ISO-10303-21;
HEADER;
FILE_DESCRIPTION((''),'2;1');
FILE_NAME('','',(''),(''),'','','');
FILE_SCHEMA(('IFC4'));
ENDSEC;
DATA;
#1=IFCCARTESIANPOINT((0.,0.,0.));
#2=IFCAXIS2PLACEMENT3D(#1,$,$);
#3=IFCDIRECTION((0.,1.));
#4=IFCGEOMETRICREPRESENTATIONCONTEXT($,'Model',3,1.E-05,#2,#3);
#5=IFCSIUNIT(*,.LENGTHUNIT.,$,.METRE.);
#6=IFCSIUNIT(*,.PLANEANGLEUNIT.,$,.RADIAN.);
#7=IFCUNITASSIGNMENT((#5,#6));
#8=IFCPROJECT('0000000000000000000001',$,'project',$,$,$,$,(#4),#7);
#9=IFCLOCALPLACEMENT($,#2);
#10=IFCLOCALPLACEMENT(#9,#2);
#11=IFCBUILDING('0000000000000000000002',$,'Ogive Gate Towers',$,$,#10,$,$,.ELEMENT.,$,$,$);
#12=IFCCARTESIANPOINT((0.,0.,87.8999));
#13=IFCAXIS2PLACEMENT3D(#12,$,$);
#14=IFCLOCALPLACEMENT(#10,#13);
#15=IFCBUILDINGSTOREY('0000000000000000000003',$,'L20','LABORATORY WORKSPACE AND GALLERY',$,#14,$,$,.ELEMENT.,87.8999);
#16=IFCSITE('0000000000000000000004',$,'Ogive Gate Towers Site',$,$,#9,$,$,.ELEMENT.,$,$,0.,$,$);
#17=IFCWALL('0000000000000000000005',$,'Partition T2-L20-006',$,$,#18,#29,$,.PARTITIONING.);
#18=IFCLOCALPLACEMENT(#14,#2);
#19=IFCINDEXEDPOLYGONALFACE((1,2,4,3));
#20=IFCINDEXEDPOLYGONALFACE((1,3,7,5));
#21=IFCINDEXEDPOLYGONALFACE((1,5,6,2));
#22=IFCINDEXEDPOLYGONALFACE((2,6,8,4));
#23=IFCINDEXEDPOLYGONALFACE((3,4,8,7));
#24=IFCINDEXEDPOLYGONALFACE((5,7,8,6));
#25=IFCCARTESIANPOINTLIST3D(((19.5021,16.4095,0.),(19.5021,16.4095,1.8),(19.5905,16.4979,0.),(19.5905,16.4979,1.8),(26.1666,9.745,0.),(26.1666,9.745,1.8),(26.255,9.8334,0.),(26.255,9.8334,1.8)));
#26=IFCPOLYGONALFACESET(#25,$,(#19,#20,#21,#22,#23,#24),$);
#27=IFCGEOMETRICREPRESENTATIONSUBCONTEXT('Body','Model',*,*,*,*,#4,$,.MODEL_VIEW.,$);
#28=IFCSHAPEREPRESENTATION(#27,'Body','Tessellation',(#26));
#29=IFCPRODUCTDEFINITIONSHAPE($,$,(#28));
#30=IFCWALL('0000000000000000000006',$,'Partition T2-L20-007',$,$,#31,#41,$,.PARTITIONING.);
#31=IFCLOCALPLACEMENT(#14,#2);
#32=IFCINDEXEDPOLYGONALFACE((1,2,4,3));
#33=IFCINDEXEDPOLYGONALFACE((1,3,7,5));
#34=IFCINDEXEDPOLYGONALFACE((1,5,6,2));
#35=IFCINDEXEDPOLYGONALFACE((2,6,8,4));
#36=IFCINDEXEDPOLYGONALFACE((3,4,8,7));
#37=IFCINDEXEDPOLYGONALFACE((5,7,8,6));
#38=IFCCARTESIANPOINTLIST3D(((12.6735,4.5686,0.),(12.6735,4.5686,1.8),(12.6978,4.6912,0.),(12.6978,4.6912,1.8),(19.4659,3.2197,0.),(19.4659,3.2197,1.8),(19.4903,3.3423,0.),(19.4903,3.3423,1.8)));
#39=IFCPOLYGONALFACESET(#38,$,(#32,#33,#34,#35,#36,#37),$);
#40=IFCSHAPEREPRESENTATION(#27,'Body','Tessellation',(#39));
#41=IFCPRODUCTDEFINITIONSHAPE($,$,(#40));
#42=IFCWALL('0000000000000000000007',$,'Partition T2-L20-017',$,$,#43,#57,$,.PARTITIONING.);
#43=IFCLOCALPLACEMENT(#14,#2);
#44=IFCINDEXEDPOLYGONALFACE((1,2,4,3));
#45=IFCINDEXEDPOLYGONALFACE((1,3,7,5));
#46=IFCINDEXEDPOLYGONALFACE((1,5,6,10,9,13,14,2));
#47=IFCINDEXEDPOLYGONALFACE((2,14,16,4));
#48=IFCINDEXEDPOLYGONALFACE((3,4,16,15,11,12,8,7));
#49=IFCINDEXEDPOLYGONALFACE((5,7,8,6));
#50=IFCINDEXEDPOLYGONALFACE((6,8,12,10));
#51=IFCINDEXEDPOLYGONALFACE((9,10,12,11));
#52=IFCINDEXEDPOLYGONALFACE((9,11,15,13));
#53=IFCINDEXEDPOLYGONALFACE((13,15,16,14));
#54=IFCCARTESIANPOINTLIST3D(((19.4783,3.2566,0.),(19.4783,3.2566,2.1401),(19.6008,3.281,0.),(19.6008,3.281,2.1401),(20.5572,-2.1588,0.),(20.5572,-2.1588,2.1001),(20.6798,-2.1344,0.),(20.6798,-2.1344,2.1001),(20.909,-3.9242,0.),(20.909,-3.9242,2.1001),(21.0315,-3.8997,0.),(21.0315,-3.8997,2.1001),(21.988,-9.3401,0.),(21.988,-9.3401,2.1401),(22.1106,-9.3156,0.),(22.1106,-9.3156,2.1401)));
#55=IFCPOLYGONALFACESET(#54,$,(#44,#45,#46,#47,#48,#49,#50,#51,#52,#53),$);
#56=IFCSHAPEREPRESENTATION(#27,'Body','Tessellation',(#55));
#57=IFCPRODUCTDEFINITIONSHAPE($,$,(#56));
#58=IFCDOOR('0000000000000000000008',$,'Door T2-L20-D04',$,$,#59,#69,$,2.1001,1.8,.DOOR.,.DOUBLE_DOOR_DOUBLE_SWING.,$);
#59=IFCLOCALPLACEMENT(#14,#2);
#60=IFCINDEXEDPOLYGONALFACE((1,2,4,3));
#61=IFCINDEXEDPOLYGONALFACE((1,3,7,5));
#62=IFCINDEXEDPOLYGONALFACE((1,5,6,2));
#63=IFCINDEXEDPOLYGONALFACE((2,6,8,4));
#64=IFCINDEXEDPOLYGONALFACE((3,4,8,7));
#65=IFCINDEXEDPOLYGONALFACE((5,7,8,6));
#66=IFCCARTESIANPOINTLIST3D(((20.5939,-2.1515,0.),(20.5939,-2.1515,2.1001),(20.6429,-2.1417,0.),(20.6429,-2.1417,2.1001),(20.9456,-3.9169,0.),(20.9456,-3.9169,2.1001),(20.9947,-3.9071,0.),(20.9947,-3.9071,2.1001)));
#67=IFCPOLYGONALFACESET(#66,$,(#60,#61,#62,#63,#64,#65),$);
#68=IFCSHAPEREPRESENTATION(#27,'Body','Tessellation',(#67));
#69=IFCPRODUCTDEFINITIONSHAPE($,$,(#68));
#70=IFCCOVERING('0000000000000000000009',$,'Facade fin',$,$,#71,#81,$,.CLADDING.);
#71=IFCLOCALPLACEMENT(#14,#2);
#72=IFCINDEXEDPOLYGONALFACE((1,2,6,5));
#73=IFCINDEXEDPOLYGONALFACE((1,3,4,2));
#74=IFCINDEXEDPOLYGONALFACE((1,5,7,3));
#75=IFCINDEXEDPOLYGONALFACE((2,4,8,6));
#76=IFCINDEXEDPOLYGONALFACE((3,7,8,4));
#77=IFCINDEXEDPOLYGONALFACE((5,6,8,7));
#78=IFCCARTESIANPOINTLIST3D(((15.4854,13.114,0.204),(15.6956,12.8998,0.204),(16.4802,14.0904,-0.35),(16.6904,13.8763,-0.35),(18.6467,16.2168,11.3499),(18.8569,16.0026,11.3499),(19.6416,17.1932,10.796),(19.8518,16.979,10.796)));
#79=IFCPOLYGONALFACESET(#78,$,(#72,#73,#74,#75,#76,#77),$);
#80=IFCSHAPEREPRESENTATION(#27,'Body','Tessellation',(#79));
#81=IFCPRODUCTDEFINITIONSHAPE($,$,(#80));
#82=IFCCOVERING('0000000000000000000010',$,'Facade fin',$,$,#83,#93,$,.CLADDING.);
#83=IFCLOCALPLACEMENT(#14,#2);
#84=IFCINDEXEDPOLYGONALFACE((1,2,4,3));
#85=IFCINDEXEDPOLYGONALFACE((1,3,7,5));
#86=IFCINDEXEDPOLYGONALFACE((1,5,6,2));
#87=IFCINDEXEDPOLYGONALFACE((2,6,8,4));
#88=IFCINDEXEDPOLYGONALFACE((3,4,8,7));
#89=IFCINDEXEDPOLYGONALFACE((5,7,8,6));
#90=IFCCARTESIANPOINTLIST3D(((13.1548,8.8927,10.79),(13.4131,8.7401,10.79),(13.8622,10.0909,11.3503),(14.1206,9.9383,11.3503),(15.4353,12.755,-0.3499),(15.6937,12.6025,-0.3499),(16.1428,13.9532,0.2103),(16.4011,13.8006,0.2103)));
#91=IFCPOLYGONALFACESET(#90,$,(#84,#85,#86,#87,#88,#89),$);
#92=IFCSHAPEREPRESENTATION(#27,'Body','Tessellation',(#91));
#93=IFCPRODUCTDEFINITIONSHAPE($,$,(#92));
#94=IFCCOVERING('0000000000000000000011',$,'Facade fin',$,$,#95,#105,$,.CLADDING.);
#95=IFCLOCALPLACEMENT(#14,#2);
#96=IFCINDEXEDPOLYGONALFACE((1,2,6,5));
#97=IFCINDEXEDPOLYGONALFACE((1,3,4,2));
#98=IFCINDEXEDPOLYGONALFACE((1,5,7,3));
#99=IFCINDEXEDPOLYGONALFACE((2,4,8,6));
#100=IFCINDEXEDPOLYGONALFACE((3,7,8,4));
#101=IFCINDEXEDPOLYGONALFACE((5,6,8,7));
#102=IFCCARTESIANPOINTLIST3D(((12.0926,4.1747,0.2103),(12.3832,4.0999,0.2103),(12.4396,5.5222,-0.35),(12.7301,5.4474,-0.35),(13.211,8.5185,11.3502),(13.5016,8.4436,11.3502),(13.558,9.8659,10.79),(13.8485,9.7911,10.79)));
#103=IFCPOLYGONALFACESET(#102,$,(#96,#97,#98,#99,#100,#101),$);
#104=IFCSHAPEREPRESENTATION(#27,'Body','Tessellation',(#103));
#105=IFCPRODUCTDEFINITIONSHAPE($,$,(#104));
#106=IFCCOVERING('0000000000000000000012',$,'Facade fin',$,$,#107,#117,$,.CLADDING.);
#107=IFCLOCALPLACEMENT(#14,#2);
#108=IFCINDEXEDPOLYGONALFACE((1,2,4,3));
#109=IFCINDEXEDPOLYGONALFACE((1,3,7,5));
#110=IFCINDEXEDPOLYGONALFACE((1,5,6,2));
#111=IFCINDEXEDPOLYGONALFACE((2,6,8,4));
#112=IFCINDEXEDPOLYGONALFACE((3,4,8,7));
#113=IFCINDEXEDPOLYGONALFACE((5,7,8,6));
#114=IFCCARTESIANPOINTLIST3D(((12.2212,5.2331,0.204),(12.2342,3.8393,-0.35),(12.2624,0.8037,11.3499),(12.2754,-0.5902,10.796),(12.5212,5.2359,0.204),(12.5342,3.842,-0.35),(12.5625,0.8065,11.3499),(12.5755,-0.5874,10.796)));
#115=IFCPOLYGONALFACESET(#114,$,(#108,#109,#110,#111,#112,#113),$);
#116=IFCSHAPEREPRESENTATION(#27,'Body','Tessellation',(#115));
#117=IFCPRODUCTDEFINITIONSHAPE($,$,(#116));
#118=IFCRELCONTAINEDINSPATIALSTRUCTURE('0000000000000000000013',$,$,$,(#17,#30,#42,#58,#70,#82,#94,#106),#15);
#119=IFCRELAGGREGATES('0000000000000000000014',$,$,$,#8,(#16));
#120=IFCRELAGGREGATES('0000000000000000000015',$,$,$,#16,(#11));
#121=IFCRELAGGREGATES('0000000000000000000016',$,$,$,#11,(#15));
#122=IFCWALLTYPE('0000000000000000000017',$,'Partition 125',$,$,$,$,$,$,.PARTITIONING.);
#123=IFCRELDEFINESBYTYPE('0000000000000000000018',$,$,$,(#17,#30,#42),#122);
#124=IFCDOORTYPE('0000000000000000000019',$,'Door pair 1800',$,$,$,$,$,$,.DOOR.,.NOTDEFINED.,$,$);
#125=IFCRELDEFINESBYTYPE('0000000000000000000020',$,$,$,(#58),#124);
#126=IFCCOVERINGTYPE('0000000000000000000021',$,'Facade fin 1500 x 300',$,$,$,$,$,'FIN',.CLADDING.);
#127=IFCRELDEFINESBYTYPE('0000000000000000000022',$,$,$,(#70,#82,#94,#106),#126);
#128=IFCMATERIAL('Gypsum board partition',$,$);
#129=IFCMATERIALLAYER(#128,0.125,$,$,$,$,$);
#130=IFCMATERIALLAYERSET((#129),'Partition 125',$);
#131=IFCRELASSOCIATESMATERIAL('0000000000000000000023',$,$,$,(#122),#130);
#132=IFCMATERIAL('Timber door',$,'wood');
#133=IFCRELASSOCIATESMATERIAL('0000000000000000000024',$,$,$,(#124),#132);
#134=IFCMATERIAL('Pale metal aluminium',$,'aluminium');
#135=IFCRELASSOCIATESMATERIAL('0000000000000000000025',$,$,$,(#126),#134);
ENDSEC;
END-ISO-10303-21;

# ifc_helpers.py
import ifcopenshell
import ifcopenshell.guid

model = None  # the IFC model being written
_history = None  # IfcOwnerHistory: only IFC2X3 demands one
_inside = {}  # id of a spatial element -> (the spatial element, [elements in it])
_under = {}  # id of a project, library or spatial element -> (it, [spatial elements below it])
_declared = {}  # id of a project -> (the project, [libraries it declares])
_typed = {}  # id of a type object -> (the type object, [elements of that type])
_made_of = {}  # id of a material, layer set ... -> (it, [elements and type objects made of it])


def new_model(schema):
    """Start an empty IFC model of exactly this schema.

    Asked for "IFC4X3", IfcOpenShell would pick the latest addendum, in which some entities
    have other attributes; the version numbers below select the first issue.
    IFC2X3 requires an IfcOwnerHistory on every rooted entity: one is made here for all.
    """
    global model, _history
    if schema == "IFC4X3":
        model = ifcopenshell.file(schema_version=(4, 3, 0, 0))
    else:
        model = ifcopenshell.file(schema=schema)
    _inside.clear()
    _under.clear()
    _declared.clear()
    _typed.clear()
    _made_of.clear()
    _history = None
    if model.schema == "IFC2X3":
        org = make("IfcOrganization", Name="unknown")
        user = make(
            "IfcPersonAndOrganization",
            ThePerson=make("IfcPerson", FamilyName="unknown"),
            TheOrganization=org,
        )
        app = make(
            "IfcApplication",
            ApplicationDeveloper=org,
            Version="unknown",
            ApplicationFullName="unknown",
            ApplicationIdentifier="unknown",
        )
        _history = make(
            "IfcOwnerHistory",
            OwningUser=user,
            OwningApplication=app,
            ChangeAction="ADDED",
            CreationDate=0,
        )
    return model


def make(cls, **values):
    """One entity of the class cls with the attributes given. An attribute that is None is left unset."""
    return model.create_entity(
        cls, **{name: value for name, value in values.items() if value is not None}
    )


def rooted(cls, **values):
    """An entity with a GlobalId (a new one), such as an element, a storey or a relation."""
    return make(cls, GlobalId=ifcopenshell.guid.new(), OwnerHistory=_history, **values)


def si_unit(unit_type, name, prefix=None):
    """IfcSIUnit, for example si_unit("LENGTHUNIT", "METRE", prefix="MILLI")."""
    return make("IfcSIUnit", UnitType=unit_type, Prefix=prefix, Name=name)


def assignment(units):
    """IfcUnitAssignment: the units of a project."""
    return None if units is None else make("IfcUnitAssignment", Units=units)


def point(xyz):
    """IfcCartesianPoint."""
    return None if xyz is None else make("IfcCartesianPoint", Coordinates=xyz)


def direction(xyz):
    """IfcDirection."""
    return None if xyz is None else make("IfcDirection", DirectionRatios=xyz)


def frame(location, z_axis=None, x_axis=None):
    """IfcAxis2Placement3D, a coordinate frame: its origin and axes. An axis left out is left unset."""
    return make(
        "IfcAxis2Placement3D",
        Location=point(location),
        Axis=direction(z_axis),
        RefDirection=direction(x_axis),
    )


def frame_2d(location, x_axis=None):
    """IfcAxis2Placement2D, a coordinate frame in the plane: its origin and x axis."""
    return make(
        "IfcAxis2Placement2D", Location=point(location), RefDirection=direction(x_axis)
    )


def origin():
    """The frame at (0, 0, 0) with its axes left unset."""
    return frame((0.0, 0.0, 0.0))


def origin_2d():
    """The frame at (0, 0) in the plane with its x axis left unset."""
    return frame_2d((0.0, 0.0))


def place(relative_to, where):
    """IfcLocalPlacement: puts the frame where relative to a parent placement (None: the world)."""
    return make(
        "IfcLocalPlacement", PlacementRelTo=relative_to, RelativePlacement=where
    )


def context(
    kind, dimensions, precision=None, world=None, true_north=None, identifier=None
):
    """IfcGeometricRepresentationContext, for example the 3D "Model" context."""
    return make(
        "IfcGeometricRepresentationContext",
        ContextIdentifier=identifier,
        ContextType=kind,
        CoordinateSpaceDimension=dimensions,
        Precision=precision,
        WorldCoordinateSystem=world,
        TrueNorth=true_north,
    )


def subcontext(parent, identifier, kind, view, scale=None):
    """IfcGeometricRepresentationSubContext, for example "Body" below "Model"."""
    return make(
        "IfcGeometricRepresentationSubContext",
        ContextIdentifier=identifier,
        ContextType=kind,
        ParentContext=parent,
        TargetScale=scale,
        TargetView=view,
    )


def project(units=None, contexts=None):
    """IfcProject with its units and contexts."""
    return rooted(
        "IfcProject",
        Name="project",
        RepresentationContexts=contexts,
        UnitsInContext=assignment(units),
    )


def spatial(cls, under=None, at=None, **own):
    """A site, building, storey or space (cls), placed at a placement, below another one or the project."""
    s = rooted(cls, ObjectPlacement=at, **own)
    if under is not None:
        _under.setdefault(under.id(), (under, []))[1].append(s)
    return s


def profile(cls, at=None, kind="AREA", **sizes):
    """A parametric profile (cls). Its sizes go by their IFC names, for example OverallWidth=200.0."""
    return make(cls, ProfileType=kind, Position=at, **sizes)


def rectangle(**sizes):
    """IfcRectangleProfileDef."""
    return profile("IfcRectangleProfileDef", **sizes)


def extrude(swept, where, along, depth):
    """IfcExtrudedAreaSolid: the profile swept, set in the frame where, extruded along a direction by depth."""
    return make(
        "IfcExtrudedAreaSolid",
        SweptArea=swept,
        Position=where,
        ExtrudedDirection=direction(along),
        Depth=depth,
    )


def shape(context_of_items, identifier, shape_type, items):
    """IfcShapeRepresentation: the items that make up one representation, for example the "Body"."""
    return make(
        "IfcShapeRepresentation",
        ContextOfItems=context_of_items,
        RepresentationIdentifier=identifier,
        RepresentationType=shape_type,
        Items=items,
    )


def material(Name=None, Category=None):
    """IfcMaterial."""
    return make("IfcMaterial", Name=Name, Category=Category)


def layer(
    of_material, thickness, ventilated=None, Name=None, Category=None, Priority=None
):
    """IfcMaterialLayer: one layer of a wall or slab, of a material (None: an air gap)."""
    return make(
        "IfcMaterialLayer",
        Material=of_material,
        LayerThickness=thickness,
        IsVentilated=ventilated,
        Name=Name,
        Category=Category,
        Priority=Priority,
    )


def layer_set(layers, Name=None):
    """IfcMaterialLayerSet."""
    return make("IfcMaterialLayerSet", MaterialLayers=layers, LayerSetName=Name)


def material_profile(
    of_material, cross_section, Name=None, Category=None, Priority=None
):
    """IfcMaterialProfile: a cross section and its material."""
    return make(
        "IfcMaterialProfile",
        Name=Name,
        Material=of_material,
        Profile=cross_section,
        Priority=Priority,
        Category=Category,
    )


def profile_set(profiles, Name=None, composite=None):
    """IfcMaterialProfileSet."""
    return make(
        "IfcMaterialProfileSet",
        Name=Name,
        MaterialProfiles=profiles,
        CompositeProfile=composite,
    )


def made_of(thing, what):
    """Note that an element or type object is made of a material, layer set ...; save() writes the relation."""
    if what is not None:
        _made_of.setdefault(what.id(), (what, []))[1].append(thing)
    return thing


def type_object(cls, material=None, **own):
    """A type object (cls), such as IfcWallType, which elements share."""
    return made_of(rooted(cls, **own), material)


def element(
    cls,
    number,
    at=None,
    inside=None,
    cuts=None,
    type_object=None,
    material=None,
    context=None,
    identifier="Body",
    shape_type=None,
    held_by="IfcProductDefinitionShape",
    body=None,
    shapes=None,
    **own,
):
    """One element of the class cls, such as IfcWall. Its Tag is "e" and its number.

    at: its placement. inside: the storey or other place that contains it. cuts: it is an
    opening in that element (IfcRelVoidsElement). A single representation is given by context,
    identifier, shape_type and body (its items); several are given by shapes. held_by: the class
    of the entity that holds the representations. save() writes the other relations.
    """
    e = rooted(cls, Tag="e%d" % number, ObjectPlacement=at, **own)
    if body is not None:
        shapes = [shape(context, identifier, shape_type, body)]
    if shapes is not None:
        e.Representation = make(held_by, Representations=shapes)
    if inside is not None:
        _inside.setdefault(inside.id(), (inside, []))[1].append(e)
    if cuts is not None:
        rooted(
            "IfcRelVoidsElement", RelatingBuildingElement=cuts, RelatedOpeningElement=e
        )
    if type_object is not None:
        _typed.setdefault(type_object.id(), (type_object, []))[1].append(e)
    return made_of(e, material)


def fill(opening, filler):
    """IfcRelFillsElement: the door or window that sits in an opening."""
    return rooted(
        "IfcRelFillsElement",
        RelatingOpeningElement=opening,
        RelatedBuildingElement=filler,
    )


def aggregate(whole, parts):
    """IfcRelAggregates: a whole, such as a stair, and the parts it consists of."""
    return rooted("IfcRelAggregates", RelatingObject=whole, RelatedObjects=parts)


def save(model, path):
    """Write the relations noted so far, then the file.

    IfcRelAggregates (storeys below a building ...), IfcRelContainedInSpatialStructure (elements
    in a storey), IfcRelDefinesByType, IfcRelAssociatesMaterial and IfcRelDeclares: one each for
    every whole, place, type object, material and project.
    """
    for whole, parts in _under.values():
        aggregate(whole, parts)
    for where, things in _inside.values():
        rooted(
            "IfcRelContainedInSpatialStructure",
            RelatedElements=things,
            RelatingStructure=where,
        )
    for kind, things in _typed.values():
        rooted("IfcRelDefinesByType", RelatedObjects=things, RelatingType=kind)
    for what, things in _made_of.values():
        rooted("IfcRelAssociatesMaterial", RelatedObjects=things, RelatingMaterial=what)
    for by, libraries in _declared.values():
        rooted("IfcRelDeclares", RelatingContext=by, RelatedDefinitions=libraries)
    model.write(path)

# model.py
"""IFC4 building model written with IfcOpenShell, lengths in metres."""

from ifc_helpers import new_model, si_unit, direction, frame, frame_2d, origin, origin_2d, place, context, subcontext, project, spatial, rectangle, extrude, material, layer, layer_set, material_profile, profile_set, type_object, element, fill, save


model = new_model("IFC4")

# Units and contexts
model_context = context("Model", 3, precision=1e-05, world=origin(), true_north=direction((0.0, 1.0)))
body_context = subcontext(model_context, "Body", "Model", "MODEL_VIEW")
ifc_project = project(units=[si_unit("LENGTHUNIT", "METRE"), si_unit("PLANEANGLEUNIT", "RADIAN")], contexts=[model_context])

# Site, building, storey
site_placement = place(None, origin())
site = spatial("IfcSite", under=ifc_project, at=site_placement, Name="Ogive Gate Towers Site", CompositionType="ELEMENT", RefElevation=0.0)
building_placement = place(site_placement, origin())
building = spatial("IfcBuilding", under=site, at=building_placement, Name="Ogive Gate Towers", CompositionType="ELEMENT")
storey_placement = place(building_placement, frame((0.0, 0.0, 87.8999)))
storey = spatial("IfcBuildingStorey", under=building, at=storey_placement, Name="L20", Description="LABORATORY WORKSPACE AND GALLERY", CompositionType="ELEMENT", Elevation=87.8999)

# Shared definitions
ifc_material_1 = material(Name="Pale metal aluminium", Category="aluminium")

# Walls
ifc_material_2 = material(Name="Gypsum board partition")
ifc_layer_1 = layer(ifc_material_2, 0.125)
ifc_layer_set_1 = layer_set([ifc_layer_1], Name="Partition 125")
wall_type = type_object("IfcWallType", Name="Partition 125", PredefinedType="PARTITIONING", material=ifc_layer_set_1)
wall_1_placement = place(storey_placement, frame((19.5464, 16.4536, 0.0), z_axis=(0.0, 0.0, 1.0), x_axis=(0.707107, -0.707107, 0.0)))
element("IfcWall", 1, at=wall_1_placement, inside=storey, type_object=wall_type, Name="Partition T2-L20-006", PredefinedType="PARTITIONING", context=body_context, shape_type="SweptSolid", body=[
    extrude(rectangle(XDim=9.425, YDim=0.125, at=frame_2d((4.7124, 0.0))), origin(), (0.0, 0.0, 1.0), 1.8),
])
wall_2_placement = place(storey_placement, frame((12.6858, 4.6299, 0.0), z_axis=(0.0, 0.0, 1.0), x_axis=(0.980847, -0.19478, 0.0)))
element("IfcWall", 2, at=wall_2_placement, inside=storey, type_object=wall_type, Name="Partition T2-L20-007", PredefinedType="PARTITIONING", context=body_context, shape_type="SweptSolid", body=[
    extrude(rectangle(XDim=6.925, YDim=0.125, at=frame_2d((3.4624, 0.0))), origin(), (0.0, 0.0, 1.0), 1.8),
])

# Wall, opening, door
wall_3_placement = place(storey_placement, frame((19.5396, 3.2688, 0.0), z_axis=(0.0, 0.0, 1.0), x_axis=(0.1954, -0.980724, 0.0)))
wall_3 = element("IfcWall", 3, at=wall_3_placement, inside=storey, type_object=wall_type, Name="Partition T2-L20-017", PredefinedType="PARTITIONING", context=body_context, shape_type="SweptSolid", body=[
    extrude(rectangle(XDim=12.8442, YDim=0.125, at=frame_2d((6.4221, 0.0))), origin(), (0.0, 0.0, 1.0), 2.1401),
])
opening_placement = place(wall_3_placement, frame((5.522, 0.0, 0.0)))
opening = element("IfcOpeningElement", 4, at=opening_placement, cuts=wall_3, PredefinedType="OPENING", context=body_context, shape_type="SweptSolid", body=[
    extrude(rectangle(XDim=1.8, YDim=2.1001, at=frame_2d((0.8999, 1.05))), frame((0.0, 0.0725, 0.0), z_axis=(0.0, -1.0, 0.0), x_axis=(1.0, 0.0, 0.0)), (0.0, 0.0, 1.0), 0.145),
])
ifc_material_3 = material(Name="Timber door", Category="wood")
door_type = type_object("IfcDoorType", Name="Door pair 1800", OperationType="NOTDEFINED", PredefinedType="DOOR", material=ifc_material_3)
door_placement = place(opening_placement, origin())
door = element("IfcDoor", 5, at=door_placement, inside=storey, type_object=door_type, Name="Door T2-L20-D04", OperationType="DOUBLE_DOOR_DOUBLE_SWING", OverallHeight=2.1001, OverallWidth=1.8, PredefinedType="DOOR", context=body_context, shape_type="SweptSolid", body=[
    extrude(rectangle(XDim=1.8, YDim=2.1001, at=frame_2d((0.8999, 1.05))), frame((0.0, 0.0249, 0.0), z_axis=(0.0, -1.0, 0.0), x_axis=(1.0, 0.0, 0.0)), (0.0, 0.0, 1.0), 0.05),
])
fill(opening, door)

# Coverings
ifc_material_profile_1 = material_profile(ifc_material_1, rectangle(XDim=0.3, YDim=1.5, at=origin_2d()), Name="1500 x 300 pale metal aluminium")
ifc_profile_set_1 = profile_set([ifc_material_profile_1], Name="Pale metal aluminium")
covering_type = type_object("IfcCoveringType", Name="Facade fin 1500 x 300", ElementType="FIN", PredefinedType="CLADDING", material=ifc_profile_set_1)
covering_1_placement = place(storey_placement, frame((16.0879, 13.4951, -0.073), z_axis=(0.263581, 0.258696, 0.929302), x_axis=(-0.700462, 0.71369, 0.0)))
element("IfcCovering", 6, at=covering_1_placement, inside=storey, type_object=covering_type, Name="Facade fin", PredefinedType="CLADDING", context=body_context, shape_type="SweptSolid", body=[
    extrude(rectangle(XDim=0.3, YDim=1.5, at=origin_2d()), origin(), (0.0, 0.0, 1.0), 11.9939),
])
for number, where, z_axis, x_axis, name in (
    (7, (15.9182, 13.2778, -0.0698), (-0.189901, -0.321618, 0.927631), (0.861098, -0.50844, 0.0), "Facade fin"),
    (8, (12.4114, 4.811, -0.0698), (0.093131, 0.361708, 0.927628), (-0.968415, 0.249343, 0.0), "Facade fin"),
):
    element("IfcCovering", number, at=place(storey_placement, frame(where, z_axis=z_axis, x_axis=x_axis)), inside=storey, type_object=covering_type, Name=name, PredefinedType="CLADDING", context=body_context, shape_type="SweptSolid", body=[
        extrude(rectangle(XDim=0.3, YDim=1.5, at=origin_2d()), origin(), (0.0, 0.0, 1.0), 12.009),
    ])
covering_2_placement = place(storey_placement, frame((12.3777, 4.5376, -0.073), z_axis=(0.00344, -0.369306, 0.929301), x_axis=(0.999957, 0.009314, 0.0)))
element("IfcCovering", 9, at=covering_2_placement, inside=storey, type_object=covering_type, Name="Facade fin", PredefinedType="CLADDING", context=body_context, shape_type="SweptSolid", body=[
    extrude(rectangle(XDim=0.3, YDim=1.5, at=origin_2d()), origin(), (0.0, 0.0, 1.0), 11.9939),
])

save(model, "model.ifc")
